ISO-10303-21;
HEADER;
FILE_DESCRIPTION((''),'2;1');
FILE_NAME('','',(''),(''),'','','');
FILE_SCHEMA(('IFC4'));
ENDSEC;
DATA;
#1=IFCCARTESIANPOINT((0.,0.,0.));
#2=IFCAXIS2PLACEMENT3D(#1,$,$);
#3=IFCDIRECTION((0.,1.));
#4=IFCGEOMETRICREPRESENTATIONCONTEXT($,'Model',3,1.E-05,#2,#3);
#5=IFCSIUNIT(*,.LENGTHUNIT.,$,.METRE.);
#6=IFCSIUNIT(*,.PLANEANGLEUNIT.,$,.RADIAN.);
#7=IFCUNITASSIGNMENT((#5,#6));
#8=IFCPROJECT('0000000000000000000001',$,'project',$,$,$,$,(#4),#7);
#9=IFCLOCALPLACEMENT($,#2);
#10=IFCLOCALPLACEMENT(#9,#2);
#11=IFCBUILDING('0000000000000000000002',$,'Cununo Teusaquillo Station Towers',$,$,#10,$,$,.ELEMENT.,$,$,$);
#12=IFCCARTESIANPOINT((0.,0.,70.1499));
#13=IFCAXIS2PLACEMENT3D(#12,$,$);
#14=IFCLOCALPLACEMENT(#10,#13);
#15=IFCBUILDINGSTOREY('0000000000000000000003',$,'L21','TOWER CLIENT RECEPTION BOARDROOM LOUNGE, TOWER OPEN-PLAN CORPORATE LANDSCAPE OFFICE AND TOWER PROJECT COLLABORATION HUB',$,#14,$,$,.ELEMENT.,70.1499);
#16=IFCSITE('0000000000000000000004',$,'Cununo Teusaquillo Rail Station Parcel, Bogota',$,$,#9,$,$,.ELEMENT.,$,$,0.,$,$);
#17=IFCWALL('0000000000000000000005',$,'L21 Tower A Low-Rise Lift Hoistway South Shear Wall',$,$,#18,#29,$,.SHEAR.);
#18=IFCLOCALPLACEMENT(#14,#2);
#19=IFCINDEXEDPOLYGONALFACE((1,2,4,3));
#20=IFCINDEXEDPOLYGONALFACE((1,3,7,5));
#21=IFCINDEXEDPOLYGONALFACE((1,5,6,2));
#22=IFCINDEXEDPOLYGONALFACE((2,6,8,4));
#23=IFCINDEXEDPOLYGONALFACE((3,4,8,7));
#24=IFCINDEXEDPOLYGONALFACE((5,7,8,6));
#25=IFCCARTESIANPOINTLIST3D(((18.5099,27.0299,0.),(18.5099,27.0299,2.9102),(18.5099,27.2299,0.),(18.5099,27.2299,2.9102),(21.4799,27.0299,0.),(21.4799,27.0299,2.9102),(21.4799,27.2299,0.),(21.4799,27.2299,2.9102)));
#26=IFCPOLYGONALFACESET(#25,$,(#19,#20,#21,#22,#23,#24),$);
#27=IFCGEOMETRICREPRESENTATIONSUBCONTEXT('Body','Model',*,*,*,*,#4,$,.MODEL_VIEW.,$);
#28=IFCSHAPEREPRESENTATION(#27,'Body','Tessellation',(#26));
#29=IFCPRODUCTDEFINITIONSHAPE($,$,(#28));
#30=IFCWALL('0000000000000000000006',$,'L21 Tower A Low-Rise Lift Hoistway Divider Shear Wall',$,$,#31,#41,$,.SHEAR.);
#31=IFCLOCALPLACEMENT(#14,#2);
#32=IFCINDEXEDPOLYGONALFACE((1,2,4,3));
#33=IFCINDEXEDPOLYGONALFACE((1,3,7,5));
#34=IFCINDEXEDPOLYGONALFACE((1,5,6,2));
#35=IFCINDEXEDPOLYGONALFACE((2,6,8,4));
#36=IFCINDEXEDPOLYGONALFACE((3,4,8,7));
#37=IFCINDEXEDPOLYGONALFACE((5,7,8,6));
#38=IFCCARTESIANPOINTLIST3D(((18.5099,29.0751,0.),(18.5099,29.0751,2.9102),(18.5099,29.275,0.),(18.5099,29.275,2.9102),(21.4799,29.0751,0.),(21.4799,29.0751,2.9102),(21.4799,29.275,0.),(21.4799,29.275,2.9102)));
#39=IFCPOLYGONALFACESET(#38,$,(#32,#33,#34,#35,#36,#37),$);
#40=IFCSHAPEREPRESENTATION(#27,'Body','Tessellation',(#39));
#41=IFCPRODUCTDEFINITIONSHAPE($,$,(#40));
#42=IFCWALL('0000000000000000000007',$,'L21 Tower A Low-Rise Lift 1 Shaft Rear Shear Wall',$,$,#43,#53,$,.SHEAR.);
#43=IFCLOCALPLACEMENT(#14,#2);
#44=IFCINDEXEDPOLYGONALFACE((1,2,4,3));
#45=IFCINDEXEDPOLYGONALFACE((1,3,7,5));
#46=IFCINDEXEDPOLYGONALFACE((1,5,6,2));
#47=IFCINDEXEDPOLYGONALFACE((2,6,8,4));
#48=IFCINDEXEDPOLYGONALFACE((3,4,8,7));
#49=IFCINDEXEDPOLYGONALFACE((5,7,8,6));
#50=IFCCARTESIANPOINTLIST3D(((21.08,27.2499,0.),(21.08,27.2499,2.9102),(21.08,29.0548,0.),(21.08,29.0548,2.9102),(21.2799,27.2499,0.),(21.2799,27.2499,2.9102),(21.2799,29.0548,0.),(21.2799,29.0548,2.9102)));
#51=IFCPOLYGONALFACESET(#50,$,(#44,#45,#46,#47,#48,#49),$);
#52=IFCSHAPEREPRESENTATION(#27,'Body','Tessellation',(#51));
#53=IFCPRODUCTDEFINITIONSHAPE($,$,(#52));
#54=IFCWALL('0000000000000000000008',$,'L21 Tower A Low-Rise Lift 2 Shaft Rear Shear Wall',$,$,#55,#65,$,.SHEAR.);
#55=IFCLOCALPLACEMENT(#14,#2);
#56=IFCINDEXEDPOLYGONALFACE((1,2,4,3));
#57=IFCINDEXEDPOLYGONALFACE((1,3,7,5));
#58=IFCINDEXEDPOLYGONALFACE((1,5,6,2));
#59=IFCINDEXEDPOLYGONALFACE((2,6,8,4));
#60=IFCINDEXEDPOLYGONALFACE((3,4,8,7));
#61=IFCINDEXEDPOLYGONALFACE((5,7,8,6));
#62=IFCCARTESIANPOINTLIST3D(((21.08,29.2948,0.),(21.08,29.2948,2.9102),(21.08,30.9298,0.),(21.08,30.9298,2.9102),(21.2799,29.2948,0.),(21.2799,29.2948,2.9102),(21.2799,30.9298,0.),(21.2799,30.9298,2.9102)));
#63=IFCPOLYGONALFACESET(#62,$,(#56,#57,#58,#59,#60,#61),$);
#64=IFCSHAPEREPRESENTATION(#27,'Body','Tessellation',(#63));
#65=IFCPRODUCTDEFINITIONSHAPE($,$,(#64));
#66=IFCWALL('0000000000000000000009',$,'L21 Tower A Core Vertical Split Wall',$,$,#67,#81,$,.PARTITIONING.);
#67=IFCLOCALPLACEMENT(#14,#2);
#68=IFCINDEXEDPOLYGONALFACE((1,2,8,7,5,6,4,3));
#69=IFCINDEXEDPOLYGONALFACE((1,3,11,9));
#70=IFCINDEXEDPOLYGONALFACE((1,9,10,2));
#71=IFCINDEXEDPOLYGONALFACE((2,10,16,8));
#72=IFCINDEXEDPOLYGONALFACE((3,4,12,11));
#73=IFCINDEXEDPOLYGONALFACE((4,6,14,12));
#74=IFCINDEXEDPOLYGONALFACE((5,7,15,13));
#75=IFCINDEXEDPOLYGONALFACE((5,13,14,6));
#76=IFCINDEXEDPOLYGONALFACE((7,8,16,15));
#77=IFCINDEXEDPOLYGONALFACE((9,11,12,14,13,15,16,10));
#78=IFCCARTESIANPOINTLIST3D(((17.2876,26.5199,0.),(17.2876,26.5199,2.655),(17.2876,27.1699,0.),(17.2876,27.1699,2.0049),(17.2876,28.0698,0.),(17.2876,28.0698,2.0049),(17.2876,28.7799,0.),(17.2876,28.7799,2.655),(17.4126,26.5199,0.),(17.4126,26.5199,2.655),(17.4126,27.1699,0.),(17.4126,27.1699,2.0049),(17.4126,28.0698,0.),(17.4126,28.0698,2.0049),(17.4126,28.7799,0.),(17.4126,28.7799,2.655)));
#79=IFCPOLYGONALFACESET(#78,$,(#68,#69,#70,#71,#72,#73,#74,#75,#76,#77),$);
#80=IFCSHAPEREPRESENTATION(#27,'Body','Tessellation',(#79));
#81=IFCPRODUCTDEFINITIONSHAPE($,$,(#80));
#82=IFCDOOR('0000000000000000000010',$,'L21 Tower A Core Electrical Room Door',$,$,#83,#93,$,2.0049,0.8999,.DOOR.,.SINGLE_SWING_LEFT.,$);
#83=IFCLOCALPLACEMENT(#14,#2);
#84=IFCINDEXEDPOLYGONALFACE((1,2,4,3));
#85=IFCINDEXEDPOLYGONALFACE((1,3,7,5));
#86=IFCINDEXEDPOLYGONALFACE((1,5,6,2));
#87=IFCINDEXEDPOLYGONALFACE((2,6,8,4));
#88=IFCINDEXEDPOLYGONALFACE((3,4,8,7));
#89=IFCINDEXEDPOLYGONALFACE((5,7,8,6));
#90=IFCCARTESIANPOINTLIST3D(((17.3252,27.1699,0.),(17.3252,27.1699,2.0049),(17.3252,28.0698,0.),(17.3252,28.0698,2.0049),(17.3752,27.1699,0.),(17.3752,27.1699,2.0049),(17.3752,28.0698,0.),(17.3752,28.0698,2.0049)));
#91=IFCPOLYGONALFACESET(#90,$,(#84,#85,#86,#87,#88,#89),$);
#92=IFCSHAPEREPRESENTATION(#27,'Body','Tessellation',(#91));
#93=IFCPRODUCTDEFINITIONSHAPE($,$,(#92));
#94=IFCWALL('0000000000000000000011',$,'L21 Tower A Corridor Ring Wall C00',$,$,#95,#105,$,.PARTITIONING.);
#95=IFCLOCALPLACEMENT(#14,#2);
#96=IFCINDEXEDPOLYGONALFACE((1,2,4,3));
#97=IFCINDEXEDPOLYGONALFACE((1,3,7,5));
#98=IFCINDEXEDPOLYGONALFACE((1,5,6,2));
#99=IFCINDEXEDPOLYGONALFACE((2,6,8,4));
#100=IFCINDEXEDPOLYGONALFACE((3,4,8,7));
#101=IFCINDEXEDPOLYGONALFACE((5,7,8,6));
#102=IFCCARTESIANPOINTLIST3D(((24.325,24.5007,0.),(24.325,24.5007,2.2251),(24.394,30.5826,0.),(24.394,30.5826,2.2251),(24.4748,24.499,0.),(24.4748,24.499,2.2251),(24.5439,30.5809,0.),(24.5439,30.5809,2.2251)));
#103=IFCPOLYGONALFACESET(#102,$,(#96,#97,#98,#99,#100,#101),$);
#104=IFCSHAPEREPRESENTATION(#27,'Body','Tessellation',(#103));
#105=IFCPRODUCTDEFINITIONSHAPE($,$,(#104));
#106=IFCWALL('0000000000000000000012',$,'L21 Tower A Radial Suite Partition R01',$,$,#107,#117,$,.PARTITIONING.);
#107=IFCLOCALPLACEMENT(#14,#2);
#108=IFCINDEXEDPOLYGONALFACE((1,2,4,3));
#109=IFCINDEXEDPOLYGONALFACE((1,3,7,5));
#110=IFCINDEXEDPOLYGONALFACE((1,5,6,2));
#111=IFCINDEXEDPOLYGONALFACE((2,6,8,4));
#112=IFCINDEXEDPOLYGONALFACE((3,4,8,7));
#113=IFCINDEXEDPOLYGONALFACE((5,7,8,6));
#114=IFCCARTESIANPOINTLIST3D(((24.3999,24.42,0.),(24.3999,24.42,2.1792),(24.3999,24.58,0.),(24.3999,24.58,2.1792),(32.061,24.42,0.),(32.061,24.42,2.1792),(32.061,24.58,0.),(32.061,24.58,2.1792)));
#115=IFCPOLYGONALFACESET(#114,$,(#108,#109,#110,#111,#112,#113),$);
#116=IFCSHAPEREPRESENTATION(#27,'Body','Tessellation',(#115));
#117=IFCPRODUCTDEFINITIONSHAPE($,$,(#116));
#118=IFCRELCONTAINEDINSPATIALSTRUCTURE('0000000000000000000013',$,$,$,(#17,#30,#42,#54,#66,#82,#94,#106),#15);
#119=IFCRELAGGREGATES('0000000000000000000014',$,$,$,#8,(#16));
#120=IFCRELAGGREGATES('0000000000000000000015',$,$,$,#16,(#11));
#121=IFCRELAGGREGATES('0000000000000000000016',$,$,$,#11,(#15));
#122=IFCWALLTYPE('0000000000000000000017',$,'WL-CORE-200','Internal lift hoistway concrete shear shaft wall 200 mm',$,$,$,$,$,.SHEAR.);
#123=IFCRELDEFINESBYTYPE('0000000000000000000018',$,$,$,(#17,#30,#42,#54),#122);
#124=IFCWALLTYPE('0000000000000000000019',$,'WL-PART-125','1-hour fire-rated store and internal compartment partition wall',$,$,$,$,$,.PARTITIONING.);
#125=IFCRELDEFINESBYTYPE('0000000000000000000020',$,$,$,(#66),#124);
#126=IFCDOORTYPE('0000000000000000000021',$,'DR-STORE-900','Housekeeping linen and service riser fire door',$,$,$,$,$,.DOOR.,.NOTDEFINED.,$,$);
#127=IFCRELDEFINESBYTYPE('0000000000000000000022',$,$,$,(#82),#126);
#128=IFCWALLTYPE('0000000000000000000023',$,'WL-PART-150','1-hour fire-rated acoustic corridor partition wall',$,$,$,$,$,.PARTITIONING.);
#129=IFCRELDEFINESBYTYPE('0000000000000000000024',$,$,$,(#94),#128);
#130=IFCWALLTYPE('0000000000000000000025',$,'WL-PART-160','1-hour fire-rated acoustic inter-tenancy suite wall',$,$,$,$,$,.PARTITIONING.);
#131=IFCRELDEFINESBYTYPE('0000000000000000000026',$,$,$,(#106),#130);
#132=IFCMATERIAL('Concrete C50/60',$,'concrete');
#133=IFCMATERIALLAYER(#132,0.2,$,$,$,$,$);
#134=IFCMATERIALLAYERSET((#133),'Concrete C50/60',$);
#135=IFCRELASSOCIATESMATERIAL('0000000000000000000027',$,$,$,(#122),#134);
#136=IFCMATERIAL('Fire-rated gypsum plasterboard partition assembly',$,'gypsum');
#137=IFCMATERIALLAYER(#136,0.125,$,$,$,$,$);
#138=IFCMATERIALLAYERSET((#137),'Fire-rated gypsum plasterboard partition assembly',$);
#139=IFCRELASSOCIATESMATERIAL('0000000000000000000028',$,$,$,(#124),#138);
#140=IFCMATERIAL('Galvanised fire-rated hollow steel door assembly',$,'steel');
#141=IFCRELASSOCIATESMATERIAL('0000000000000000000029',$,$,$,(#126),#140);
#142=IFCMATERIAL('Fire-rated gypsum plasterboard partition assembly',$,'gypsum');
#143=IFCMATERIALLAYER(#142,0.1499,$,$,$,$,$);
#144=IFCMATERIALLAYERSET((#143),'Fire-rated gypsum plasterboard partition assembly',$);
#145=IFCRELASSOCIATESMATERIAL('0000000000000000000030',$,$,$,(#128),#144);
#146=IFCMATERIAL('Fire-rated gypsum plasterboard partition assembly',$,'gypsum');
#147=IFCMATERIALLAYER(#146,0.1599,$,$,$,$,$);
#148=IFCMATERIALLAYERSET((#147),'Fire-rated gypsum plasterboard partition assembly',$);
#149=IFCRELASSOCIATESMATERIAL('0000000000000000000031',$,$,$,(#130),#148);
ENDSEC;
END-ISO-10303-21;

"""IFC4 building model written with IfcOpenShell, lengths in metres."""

from ifc_helpers import new_model, si_unit, direction, frame, frame_2d, origin, place, context, subcontext, project, spatial, rectangle, extrude, source, transform, mapped, material, layer, layer_set, type_object, element, fill, save


model = new_model("IFC4")

# Units and contexts
model_context = context("Model", 3, precision=1e-05, world=origin(), true_north=direction((0.0, 1.0)))
body_context = subcontext(model_context, "Body", "Model", "MODEL_VIEW")
ifc_project = project(units=[si_unit("LENGTHUNIT", "METRE"), si_unit("PLANEANGLEUNIT", "RADIAN")], contexts=[model_context])

# Site, building, storey
site_placement = place(None, origin())
site = spatial("IfcSite", under=ifc_project, at=site_placement, Name="Cununo Teusaquillo Rail Station Parcel, Bogota", CompositionType="ELEMENT", RefElevation=0.0)
building_placement = place(site_placement, origin())
building = spatial("IfcBuilding", under=site, at=building_placement, Name="Cununo Teusaquillo Station Towers", CompositionType="ELEMENT")
storey_placement = place(building_placement, frame((0.0, 0.0, 70.1499)))
storey = spatial("IfcBuildingStorey", under=building, at=storey_placement, Name="L21", Description="TOWER CLIENT RECEPTION BOARDROOM LOUNGE, TOWER OPEN-PLAN CORPORATE LANDSCAPE OFFICE AND TOWER PROJECT COLLABORATION HUB", CompositionType="ELEMENT", Elevation=70.1499)

# Walls
ifc_material_1 = material(Name="Concrete C50/60", Category="concrete")
ifc_layer_1 = layer(ifc_material_1, 0.2)
ifc_layer_set_1 = layer_set([ifc_layer_1], Name="Concrete C50/60")
wall_type_1 = type_object("IfcWallType", Name="WL-CORE-200", Description="Internal lift hoistway concrete shear shaft wall 200 mm", PredefinedType="SHEAR", material=ifc_layer_set_1)
for number, where, z_axis, x_axis, name in (
    (1, (18.51, 27.1299, 0.0), (0.0, 0.0, 1.0), (1.0, 0.0, 0.0), "L21 Tower A Low-Rise Lift Hoistway South Shear Wall"),
    (2, (18.51, 29.175, 0.0), (0.0, 0.0, 1.0), (1.0, 0.0, 0.0), "L21 Tower A Low-Rise Lift Hoistway Divider Shear Wall"),
):
    element("IfcWall", number, at=place(storey_placement, frame(where, z_axis=z_axis, x_axis=x_axis)), inside=storey, type_object=wall_type_1, Name=name, PredefinedType="SHEAR", context=body_context, shape_type="SweptSolid", body=[
        extrude(rectangle(XDim=2.97, YDim=0.2, at=frame_2d((1.4849, 0.0))), origin(), (0.0, 0.0, 1.0), 2.9102),
    ])
wall_1_placement = place(storey_placement, frame((21.1799, 27.25, 0.0), z_axis=(0.0, 0.0, 1.0), x_axis=(0.0, 1.0, 0.0)))
element("IfcWall", 3, at=wall_1_placement, inside=storey, type_object=wall_type_1, Name="L21 Tower A Low-Rise Lift 1 Shaft Rear Shear Wall", PredefinedType="SHEAR", context=body_context, shape_type="SweptSolid", body=[
    extrude(rectangle(XDim=1.8049, YDim=0.2, at=frame_2d((0.9023, 0.0))), origin(), (0.0, 0.0, 1.0), 2.9102),
])
wall_2_placement = place(storey_placement, frame((21.1799, 29.2949, 0.0), z_axis=(0.0, 0.0, 1.0), x_axis=(0.0, 1.0, 0.0)))
element("IfcWall", 4, at=wall_2_placement, inside=storey, type_object=wall_type_1, Name="L21 Tower A Low-Rise Lift 2 Shaft Rear Shear Wall", PredefinedType="SHEAR", context=body_context, shape_type="SweptSolid", body=[
    extrude(rectangle(XDim=1.635, YDim=0.2, at=frame_2d((0.8174, 0.0))), origin(), (0.0, 0.0, 1.0), 2.9102),
])

# Wall, opening, door
ifc_material_2 = material(Name="Fire-rated gypsum plasterboard partition assembly", Category="gypsum")
ifc_layer_2 = layer(ifc_material_2, 0.125)
ifc_layer_set_2 = layer_set([ifc_layer_2], Name="Fire-rated gypsum plasterboard partition assembly")
wall_type_2 = type_object("IfcWallType", Name="WL-PART-125", Description="1-hour fire-rated store and internal compartment partition wall", PredefinedType="PARTITIONING", material=ifc_layer_set_2)
wall_3_placement = place(storey_placement, frame((17.3501, 26.52, 0.0), z_axis=(0.0, 0.0, 1.0), x_axis=(0.0, 1.0, 0.0)))
wall_3 = element("IfcWall", 5, at=wall_3_placement, inside=storey, type_object=wall_type_2, Name="L21 Tower A Core Vertical Split Wall", PredefinedType="PARTITIONING", context=body_context, shape_type="SweptSolid", body=[
    extrude(rectangle(XDim=2.26, YDim=0.125, at=frame_2d((1.1299, 0.0))), origin(), (0.0, 0.0, 1.0), 2.655),
])
shared_shape_1 = source(origin(), body_context, "Body", "SweptSolid", [
    extrude(rectangle(XDim=0.8999, YDim=2.0049, at=frame_2d((0.45, 1.0024))), frame((0.0, 0.0725, 0.0), z_axis=(0.0, -1.0, 0.0), x_axis=(1.0, 0.0, 0.0)), (0.0, 0.0, 1.0), 0.145),
])
opening_placement = place(wall_3_placement, frame((0.6499, 0.0, 0.0)))
opening = element("IfcOpeningElement", 6, at=opening_placement, cuts=wall_3, PredefinedType="OPENING", context=body_context, shape_type="MappedRepresentation", body=[
    mapped(shared_shape_1, transform((0.0, 0.0, 0.0), x_axis=(1.0, 0.0, 0.0), y_axis=(0.0, 1.0, 0.0), z_axis=(0.0, 0.0, 1.0), scale=1.0)),
])
ifc_material_3 = material(Name="Galvanised fire-rated hollow steel door assembly", Category="steel")
door_type = type_object("IfcDoorType", Name="DR-STORE-900", Description="Housekeeping linen and service riser fire door", OperationType="NOTDEFINED", PredefinedType="DOOR", material=ifc_material_3)
shared_shape_2 = source(origin(), body_context, "Body", "SweptSolid", [
    extrude(rectangle(XDim=0.8999, YDim=2.0049, at=frame_2d((0.45, 1.0024))), frame((0.0, 0.0249, 0.0), z_axis=(0.0, -1.0, 0.0), x_axis=(1.0, 0.0, 0.0)), (0.0, 0.0, 1.0), 0.05),
])
door_placement = place(opening_placement, origin())
door = element("IfcDoor", 7, at=door_placement, inside=storey, type_object=door_type, Name="L21 Tower A Core Electrical Room Door", OperationType="SINGLE_SWING_LEFT", OverallHeight=2.0049, OverallWidth=0.8999, PredefinedType="DOOR", context=body_context, shape_type="MappedRepresentation", body=[
    mapped(shared_shape_2, transform((0.0, 0.0, 0.0), x_axis=(1.0, 0.0, 0.0), y_axis=(0.0, 1.0, 0.0), z_axis=(0.0, 0.0, 1.0), scale=1.0)),
])
fill(opening, door)

# Walls
ifc_material_4 = material(Name="Fire-rated gypsum plasterboard partition assembly", Category="gypsum")
ifc_layer_3 = layer(ifc_material_4, 0.1499)
ifc_layer_set_3 = layer_set([ifc_layer_3], Name="Fire-rated gypsum plasterboard partition assembly")
wall_type_3 = type_object("IfcWallType", Name="WL-PART-150", Description="1-hour fire-rated acoustic corridor partition wall", PredefinedType="PARTITIONING", material=ifc_layer_set_3)
wall_4_placement = place(storey_placement, frame((24.3999, 24.5, 0.0), z_axis=(0.0, 0.0, 1.0), x_axis=(0.01136, 0.999935, 0.0)))
element("IfcWall", 8, at=wall_4_placement, inside=storey, type_object=wall_type_3, Name="L21 Tower A Corridor Ring Wall C00", PredefinedType="PARTITIONING", context=body_context, shape_type="SweptSolid", body=[
    extrude(rectangle(XDim=6.0823, YDim=0.1499, at=frame_2d((3.041, 0.0))), origin(), (0.0, 0.0, 1.0), 2.2251),
])
ifc_material_5 = material(Name="Fire-rated gypsum plasterboard partition assembly", Category="gypsum")
ifc_layer_4 = layer(ifc_material_5, 0.1599)
ifc_layer_set_4 = layer_set([ifc_layer_4], Name="Fire-rated gypsum plasterboard partition assembly")
wall_type_4 = type_object("IfcWallType", Name="WL-PART-160", Description="1-hour fire-rated acoustic inter-tenancy suite wall", PredefinedType="PARTITIONING", material=ifc_layer_set_4)
wall_5_placement = place(storey_placement, frame((24.3999, 24.5, 0.0), z_axis=(0.0, 0.0, 1.0), x_axis=(1.0, 0.0, 0.0)))
element("IfcWall", 9, at=wall_5_placement, inside=storey, type_object=wall_type_4, Name="L21 Tower A Radial Suite Partition R01", PredefinedType="PARTITIONING", context=body_context, shape_type="SweptSolid", body=[
    extrude(rectangle(XDim=7.6611, YDim=0.1599, at=frame_2d((3.8306, 0.0))), origin(), (0.0, 0.0, 1.0), 2.1792),
])

save(model, "model.ifc")
